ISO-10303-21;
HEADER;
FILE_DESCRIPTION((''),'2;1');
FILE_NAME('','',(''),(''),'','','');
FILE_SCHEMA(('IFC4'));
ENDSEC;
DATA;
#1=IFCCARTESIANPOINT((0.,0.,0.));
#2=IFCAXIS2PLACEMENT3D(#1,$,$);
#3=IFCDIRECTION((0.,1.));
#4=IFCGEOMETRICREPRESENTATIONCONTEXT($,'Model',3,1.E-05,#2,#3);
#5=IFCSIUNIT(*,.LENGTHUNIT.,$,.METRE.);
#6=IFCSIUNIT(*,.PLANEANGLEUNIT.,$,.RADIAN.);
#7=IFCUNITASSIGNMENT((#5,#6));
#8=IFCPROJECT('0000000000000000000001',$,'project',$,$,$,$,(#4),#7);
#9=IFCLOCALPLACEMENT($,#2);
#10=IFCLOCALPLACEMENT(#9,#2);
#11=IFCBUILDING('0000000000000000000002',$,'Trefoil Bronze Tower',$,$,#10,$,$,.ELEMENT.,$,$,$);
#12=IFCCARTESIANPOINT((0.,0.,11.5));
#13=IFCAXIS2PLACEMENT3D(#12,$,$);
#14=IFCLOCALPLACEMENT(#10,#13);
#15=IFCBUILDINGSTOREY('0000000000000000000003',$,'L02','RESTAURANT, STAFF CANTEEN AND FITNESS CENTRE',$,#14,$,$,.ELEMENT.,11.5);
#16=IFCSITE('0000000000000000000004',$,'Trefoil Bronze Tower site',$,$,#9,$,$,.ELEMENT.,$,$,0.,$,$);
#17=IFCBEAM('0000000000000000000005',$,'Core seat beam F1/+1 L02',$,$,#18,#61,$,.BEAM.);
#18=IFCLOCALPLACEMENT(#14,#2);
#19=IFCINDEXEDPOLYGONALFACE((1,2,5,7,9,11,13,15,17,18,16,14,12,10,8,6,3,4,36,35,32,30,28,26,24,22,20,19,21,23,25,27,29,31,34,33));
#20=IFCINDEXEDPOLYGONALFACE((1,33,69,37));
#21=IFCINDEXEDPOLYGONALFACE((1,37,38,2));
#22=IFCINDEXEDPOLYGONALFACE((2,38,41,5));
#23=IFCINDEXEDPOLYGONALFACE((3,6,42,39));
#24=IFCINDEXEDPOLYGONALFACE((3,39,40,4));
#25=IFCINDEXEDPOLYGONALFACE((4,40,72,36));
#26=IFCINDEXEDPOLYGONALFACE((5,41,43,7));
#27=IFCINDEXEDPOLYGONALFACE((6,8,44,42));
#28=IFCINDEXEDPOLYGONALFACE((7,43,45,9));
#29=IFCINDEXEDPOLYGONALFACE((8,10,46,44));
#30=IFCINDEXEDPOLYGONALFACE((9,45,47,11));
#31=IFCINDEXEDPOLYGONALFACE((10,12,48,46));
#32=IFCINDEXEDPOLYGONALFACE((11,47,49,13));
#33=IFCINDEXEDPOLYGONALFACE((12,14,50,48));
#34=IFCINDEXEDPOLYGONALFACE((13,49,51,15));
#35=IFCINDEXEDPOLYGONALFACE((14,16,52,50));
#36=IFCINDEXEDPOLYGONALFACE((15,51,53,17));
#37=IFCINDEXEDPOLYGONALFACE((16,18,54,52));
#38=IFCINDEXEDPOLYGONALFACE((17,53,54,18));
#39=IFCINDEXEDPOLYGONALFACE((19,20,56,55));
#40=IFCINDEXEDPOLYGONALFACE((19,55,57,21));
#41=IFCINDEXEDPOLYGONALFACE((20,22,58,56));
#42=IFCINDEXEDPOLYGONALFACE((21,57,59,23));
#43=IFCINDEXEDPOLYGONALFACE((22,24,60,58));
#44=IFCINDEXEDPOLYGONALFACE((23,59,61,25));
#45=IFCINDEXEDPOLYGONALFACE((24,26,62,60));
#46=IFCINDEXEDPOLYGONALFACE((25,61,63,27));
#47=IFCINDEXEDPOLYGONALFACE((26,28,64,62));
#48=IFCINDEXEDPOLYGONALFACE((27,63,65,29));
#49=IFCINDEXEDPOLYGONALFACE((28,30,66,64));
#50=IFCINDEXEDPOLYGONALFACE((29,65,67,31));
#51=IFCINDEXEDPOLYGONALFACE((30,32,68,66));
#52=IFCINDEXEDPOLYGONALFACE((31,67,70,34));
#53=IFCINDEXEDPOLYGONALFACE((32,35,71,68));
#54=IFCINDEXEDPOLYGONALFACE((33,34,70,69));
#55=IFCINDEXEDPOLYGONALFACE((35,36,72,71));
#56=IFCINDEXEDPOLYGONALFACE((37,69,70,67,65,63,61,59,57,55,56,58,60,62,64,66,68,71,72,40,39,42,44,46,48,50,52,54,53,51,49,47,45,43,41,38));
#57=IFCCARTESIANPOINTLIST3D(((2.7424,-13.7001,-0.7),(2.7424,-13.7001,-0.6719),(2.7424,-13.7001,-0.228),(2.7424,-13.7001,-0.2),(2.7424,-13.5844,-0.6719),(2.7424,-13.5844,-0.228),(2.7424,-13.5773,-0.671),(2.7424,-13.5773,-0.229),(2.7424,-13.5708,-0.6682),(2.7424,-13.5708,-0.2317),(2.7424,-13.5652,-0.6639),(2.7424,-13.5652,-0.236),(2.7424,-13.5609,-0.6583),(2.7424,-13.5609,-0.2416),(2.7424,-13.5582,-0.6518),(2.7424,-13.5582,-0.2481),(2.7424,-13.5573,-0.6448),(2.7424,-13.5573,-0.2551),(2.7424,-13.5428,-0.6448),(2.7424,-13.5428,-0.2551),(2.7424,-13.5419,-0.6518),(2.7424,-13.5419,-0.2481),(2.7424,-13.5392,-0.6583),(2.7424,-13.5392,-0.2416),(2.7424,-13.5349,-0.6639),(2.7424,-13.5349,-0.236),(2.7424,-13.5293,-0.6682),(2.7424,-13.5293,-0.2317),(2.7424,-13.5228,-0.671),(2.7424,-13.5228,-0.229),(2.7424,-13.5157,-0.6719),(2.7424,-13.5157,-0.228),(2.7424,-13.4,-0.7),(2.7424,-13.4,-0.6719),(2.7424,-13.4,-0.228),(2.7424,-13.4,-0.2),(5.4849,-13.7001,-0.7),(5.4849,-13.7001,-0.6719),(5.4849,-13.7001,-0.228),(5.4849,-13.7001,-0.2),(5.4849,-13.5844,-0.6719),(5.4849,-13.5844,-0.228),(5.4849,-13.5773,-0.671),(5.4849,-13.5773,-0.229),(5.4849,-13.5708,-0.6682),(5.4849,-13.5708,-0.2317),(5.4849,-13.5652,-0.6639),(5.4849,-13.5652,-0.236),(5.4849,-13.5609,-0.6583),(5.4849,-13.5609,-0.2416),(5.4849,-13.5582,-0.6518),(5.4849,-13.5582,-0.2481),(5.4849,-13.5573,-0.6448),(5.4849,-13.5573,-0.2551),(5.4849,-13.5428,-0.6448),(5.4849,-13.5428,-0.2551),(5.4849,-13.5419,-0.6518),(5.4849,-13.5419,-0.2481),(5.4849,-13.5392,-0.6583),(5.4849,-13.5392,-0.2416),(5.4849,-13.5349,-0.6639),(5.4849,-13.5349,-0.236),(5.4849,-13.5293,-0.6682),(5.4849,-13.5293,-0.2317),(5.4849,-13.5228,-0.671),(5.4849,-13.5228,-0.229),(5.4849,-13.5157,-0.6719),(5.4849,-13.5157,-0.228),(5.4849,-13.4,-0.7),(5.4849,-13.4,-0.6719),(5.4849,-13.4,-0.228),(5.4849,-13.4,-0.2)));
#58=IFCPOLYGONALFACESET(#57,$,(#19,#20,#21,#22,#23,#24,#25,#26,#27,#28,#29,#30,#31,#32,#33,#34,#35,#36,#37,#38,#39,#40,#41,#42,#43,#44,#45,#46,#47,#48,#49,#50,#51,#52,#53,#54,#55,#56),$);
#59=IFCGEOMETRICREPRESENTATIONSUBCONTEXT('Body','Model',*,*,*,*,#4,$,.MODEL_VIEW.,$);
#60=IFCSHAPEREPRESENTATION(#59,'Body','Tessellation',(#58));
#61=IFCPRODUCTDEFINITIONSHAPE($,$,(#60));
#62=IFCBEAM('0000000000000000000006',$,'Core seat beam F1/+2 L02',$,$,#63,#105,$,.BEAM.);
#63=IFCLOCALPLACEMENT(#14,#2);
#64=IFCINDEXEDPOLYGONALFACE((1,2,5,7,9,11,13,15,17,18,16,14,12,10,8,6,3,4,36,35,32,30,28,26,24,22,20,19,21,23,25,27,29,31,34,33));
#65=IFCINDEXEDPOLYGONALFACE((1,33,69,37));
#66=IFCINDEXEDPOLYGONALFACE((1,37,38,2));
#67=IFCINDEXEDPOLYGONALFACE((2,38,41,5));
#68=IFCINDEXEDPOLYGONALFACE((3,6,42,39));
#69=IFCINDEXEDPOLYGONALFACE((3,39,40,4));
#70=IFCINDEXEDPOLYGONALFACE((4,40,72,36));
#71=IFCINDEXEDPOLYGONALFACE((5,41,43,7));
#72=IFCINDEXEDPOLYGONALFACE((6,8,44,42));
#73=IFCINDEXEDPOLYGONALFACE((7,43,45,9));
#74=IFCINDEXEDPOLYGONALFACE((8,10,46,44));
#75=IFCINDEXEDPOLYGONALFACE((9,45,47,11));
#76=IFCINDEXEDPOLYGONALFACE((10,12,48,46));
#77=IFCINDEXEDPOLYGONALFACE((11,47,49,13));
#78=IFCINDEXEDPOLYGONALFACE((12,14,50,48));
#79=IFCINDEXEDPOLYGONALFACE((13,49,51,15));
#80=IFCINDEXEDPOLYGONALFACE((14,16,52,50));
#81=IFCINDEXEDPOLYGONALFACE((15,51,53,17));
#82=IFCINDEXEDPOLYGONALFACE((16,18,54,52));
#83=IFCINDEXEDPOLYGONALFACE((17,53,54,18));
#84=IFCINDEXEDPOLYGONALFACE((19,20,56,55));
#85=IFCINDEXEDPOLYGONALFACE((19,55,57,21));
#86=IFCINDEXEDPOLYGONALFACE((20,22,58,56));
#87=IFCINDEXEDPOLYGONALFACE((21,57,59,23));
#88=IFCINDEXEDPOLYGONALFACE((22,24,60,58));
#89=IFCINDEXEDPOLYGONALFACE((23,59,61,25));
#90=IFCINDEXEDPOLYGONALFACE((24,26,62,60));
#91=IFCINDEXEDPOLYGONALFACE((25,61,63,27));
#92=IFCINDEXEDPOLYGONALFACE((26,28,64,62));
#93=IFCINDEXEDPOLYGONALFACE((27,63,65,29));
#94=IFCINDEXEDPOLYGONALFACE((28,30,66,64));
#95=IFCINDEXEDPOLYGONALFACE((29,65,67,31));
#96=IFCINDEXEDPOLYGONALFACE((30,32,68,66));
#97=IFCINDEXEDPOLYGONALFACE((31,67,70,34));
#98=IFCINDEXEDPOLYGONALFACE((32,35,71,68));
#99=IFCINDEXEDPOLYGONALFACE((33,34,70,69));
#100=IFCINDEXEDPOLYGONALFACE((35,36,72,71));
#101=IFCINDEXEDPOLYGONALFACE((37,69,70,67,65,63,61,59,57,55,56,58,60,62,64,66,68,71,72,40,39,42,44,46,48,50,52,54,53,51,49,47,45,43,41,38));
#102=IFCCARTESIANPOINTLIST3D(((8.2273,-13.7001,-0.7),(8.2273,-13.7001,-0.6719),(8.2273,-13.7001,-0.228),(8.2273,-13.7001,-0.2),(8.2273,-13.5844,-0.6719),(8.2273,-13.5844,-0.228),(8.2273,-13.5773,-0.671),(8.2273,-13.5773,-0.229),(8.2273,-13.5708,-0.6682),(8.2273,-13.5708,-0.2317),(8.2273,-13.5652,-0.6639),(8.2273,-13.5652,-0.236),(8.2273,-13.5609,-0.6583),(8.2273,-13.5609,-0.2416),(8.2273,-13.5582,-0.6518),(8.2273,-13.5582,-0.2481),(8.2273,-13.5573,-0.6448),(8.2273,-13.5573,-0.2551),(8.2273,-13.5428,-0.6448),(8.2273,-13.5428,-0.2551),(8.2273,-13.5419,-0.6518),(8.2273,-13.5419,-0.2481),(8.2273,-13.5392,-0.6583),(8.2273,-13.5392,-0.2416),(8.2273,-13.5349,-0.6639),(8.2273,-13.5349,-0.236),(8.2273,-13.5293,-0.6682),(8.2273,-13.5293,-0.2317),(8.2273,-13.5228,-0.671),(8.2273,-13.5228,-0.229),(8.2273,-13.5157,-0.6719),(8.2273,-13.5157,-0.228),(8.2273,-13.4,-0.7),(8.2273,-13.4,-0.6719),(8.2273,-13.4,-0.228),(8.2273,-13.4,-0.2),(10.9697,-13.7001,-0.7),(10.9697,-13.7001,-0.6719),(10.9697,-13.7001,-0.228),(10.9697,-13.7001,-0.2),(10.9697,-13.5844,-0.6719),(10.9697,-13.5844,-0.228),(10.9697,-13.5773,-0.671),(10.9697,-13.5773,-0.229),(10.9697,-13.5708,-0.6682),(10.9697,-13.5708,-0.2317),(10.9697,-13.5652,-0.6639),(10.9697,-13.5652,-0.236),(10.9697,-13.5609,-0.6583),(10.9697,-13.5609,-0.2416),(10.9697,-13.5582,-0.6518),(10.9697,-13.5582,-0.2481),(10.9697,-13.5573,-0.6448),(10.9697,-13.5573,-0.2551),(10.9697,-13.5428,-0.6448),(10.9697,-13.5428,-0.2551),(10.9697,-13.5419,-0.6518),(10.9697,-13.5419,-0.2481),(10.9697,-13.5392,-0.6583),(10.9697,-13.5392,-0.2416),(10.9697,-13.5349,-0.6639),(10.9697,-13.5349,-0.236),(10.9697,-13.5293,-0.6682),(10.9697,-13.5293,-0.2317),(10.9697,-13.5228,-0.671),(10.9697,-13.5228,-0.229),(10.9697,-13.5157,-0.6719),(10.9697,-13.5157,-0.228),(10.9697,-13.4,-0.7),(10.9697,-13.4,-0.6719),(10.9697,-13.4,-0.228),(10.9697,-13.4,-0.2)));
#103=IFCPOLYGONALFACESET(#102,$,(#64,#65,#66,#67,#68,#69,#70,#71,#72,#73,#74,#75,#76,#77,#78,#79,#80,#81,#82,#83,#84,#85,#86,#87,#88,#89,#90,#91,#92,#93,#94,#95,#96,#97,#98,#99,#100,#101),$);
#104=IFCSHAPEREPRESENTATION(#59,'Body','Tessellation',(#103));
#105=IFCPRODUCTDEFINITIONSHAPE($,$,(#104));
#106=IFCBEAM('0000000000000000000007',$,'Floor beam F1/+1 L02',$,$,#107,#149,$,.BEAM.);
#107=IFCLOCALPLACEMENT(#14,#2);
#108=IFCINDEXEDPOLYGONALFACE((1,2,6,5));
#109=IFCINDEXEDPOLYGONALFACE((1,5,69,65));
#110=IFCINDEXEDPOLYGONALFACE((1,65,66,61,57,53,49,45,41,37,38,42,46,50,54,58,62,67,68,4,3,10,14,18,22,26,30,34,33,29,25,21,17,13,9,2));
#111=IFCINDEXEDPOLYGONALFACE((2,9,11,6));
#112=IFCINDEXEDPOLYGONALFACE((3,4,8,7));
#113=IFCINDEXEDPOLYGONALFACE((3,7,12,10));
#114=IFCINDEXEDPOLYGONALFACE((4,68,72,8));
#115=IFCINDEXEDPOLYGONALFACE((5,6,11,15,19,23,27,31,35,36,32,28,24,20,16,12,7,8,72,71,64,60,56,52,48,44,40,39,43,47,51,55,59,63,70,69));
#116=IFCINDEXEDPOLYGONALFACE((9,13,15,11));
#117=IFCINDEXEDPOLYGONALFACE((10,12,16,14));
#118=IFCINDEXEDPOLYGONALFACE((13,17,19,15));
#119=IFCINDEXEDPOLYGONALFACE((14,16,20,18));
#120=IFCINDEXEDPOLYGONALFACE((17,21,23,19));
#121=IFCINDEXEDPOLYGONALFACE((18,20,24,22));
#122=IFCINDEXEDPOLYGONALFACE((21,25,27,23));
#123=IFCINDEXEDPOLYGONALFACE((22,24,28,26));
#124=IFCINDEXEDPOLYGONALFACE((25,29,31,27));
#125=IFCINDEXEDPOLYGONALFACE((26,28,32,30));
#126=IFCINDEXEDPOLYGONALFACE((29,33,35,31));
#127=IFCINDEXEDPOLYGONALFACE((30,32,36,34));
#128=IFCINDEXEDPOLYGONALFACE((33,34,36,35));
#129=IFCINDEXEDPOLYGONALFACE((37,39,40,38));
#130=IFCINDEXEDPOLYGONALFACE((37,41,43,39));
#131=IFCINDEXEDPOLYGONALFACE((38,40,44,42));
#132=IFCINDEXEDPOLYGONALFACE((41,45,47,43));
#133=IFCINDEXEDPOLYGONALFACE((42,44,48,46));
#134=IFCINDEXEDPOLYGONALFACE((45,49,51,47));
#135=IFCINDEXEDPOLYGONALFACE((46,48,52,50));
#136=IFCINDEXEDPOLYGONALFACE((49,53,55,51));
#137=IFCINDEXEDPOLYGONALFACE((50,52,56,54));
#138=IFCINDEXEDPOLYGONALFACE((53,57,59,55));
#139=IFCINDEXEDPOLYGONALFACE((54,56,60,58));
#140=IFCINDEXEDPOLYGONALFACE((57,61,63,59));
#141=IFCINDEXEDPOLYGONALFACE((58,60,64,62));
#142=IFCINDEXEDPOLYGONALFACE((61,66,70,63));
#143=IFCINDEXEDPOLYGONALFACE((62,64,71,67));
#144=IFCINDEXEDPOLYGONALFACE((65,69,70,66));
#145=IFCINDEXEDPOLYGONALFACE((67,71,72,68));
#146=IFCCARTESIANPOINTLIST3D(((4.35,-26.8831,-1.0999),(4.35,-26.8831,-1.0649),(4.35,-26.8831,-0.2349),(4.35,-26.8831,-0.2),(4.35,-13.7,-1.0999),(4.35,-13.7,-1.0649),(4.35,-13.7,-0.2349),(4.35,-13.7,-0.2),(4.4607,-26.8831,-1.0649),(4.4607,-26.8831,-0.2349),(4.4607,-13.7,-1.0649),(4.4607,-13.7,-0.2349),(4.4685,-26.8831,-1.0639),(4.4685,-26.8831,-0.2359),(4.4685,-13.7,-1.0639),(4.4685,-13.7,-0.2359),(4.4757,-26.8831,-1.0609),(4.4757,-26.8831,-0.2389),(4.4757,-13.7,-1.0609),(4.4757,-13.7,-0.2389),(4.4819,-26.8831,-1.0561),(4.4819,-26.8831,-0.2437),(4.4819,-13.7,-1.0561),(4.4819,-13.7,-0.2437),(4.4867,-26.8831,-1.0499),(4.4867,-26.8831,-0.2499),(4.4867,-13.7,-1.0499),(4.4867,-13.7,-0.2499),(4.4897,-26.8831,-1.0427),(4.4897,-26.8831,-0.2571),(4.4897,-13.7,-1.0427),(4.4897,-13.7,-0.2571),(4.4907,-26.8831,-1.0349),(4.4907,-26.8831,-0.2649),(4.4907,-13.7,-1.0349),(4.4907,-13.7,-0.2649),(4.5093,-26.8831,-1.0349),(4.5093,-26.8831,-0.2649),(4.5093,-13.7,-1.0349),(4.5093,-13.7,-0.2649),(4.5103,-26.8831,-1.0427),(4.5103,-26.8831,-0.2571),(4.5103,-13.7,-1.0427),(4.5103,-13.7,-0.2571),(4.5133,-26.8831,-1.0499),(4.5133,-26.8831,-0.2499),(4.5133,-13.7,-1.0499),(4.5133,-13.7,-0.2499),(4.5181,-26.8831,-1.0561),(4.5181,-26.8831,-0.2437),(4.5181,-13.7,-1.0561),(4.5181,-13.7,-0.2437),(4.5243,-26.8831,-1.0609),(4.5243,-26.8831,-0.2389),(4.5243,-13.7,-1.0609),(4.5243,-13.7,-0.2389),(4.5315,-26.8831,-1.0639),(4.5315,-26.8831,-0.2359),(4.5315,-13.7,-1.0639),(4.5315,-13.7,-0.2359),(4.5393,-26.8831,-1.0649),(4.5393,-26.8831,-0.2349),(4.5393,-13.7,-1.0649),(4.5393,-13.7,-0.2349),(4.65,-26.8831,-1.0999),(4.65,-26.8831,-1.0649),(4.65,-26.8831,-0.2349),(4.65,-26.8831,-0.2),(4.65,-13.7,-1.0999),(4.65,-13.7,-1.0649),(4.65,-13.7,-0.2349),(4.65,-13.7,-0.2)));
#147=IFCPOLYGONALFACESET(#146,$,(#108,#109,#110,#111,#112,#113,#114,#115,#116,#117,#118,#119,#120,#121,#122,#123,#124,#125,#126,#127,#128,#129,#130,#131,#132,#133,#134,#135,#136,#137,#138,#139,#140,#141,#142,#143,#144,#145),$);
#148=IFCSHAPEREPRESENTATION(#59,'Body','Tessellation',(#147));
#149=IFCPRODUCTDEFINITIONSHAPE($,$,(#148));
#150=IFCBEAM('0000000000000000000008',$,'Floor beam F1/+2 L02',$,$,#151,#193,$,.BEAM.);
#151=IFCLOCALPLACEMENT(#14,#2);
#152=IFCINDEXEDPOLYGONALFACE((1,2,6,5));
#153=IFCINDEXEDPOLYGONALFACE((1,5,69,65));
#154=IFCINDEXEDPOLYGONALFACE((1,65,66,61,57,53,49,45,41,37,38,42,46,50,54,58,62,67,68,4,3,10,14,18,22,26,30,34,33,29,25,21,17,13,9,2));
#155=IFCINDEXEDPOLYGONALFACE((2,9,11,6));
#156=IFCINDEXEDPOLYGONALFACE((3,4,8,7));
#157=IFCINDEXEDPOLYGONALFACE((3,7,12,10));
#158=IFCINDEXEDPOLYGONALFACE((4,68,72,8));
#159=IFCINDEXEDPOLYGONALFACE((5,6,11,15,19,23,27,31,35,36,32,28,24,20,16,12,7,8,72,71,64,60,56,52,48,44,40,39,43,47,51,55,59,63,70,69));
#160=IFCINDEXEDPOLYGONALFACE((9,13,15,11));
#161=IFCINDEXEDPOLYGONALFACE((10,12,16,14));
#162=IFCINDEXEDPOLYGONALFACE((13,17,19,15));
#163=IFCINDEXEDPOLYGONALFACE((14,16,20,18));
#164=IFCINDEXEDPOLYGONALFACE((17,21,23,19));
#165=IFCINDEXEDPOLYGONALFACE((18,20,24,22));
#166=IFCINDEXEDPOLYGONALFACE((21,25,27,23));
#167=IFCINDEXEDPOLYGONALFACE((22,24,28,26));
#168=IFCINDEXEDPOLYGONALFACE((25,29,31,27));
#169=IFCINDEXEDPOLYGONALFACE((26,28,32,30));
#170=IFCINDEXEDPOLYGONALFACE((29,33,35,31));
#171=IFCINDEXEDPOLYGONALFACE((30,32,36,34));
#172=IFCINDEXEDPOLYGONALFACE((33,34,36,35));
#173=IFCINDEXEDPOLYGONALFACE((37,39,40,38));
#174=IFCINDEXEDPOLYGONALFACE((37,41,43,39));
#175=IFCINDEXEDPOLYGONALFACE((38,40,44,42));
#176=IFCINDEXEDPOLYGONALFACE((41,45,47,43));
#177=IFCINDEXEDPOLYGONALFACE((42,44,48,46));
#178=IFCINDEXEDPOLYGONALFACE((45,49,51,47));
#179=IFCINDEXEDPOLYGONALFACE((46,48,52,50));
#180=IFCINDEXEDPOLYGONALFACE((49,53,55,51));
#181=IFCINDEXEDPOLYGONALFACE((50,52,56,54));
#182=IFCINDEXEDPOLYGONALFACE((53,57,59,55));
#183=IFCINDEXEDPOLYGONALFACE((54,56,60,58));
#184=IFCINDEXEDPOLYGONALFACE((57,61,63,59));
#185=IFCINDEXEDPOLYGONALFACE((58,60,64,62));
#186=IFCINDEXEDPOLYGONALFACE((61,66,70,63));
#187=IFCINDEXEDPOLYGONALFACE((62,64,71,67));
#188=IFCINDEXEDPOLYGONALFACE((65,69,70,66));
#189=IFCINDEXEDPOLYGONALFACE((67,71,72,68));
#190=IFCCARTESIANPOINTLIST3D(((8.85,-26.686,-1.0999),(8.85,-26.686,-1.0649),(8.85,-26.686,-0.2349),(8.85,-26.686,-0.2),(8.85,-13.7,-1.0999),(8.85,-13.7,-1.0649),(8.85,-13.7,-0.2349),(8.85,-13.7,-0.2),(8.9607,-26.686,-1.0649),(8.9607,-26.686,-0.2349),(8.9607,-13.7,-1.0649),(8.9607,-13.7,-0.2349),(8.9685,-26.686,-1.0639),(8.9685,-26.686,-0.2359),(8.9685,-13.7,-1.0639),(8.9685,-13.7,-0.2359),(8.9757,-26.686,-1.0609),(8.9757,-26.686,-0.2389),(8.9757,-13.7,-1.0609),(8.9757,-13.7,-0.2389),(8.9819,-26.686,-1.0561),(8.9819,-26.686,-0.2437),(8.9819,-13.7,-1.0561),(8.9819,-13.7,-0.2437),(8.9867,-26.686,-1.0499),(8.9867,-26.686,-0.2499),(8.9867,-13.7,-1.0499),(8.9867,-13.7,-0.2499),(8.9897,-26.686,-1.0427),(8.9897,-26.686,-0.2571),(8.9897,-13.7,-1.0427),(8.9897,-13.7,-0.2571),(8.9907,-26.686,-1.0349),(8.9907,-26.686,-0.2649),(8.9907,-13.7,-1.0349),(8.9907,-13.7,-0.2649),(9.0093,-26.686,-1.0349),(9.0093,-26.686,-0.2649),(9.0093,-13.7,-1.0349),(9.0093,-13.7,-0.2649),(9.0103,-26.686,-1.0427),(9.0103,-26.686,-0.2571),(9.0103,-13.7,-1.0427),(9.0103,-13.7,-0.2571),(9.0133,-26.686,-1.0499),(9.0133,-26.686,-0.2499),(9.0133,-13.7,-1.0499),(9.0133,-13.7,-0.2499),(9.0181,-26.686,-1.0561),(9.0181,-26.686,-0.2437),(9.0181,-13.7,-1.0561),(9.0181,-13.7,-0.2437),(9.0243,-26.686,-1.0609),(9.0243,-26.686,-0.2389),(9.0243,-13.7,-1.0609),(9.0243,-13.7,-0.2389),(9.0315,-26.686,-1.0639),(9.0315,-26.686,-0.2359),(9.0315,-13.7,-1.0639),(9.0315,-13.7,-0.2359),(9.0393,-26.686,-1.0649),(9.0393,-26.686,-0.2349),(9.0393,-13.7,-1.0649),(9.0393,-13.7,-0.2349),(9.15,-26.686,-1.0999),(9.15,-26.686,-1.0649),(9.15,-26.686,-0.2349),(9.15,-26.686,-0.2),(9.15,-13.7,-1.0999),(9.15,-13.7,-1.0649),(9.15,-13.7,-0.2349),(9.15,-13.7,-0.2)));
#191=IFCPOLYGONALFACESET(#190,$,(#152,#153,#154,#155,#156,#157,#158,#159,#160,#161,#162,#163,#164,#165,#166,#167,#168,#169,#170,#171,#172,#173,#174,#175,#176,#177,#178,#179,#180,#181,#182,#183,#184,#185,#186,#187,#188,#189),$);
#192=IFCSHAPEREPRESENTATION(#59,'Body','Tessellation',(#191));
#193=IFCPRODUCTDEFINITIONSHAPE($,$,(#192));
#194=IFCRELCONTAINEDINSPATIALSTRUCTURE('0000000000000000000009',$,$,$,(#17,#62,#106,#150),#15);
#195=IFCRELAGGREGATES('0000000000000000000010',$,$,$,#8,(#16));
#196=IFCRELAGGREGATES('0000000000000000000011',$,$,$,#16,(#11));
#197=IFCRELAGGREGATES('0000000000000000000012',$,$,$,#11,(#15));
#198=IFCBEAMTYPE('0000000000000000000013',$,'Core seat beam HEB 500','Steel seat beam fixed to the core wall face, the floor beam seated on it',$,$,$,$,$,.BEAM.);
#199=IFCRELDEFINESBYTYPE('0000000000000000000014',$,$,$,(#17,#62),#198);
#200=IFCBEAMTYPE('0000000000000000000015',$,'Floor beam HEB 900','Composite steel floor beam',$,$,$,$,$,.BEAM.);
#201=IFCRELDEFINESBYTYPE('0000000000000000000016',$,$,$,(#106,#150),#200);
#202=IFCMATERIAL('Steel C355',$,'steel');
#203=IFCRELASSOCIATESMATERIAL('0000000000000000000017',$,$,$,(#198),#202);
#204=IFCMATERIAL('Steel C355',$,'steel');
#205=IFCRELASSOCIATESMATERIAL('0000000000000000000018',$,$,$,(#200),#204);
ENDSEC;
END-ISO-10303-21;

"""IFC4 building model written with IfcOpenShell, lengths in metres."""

from ifc_helpers import new_model, si_unit, direction, frame, origin, origin_2d, place, context, subcontext, project, spatial, i_section, extrude, material, material_profile, profile_set, type_object, element, save


model = new_model("IFC4")

# Units and contexts
model_context = context("Model", 3, precision=1e-05, world=origin(), true_north=direction((0.0, 1.0)))
body_context = subcontext(model_context, "Body", "Model", "MODEL_VIEW")
ifc_project = project(units=[si_unit("LENGTHUNIT", "METRE"), si_unit("PLANEANGLEUNIT", "RADIAN")], contexts=[model_context])

# Site, building, storey
site_placement = place(None, origin())
site = spatial("IfcSite", under=ifc_project, at=site_placement, Name="Trefoil Bronze Tower site", CompositionType="ELEMENT", RefElevation=0.0)
building_placement = place(site_placement, origin())
building = spatial("IfcBuilding", under=site, at=building_placement, Name="Trefoil Bronze Tower", CompositionType="ELEMENT")
storey_placement = place(building_placement, frame((0.0, 0.0, 11.5)))
storey = spatial("IfcBuildingStorey", under=building, at=storey_placement, Name="L02", Description="RESTAURANT, STAFF CANTEEN AND FITNESS CENTRE", CompositionType="ELEMENT", Elevation=11.5)

# Beams
ifc_material_1 = material(Name="Steel C355", Category="steel")
ifc_material_profile_1 = material_profile(ifc_material_1, i_section(OverallWidth=0.3, OverallDepth=0.5, WebThickness=0.0144, FlangeThickness=0.0281, FilletRadius=0.0271, at=origin_2d()), Name="HEB 500")
ifc_profile_set_1 = profile_set([ifc_material_profile_1], Name="Steel C355")
beam_type_1 = type_object("IfcBeamType", Name="Core seat beam HEB 500", Description="Steel seat beam fixed to the core wall face, the floor beam seated on it", PredefinedType="BEAM", material=ifc_profile_set_1)
for number, where, z_axis, x_axis, name in (
    (1, (2.7424, -13.55, -0.45), (1.0, 0.0, 0.0), (0.0, 1.0, 0.0), "Core seat beam F1/+1 L02"),
    (2, (8.2273, -13.55, -0.45), (1.0, 0.0, 0.0), (0.0, 1.0, 0.0), "Core seat beam F1/+2 L02"),
):
    element("IfcBeam", number, at=place(storey_placement, frame(where, z_axis=z_axis, x_axis=x_axis)), inside=storey, type_object=beam_type_1, Name=name, PredefinedType="BEAM", context=body_context, shape_type="SweptSolid", body=[
        extrude(i_section(OverallWidth=0.3, OverallDepth=0.5, WebThickness=0.0144, FlangeThickness=0.0281, FilletRadius=0.0271, at=origin_2d()), origin(), (0.0, 0.0, 1.0), 2.7424),
    ])
ifc_material_2 = material(Name="Steel C355", Category="steel")
ifc_material_profile_2 = material_profile(ifc_material_2, i_section(OverallWidth=0.3, OverallDepth=0.8999, WebThickness=0.0186, FlangeThickness=0.0349, FilletRadius=0.03, at=origin_2d()), Name="HEB 900")
ifc_profile_set_2 = profile_set([ifc_material_profile_2], Name="Steel C355")
beam_type_2 = type_object("IfcBeamType", Name="Floor beam HEB 900", Description="Composite steel floor beam", PredefinedType="BEAM", material=ifc_profile_set_2)
beam_1_placement = place(storey_placement, frame((4.5, -26.8831, -0.6499), z_axis=(0.0, 1.0, 0.0), x_axis=(-1.0, 0.0, 0.0)))
element("IfcBeam", 3, at=beam_1_placement, inside=storey, type_object=beam_type_2, Name="Floor beam F1/+1 L02", PredefinedType="BEAM", context=body_context, shape_type="SweptSolid", body=[
    extrude(i_section(OverallWidth=0.3, OverallDepth=0.8999, WebThickness=0.0186, FlangeThickness=0.0349, FilletRadius=0.03, at=origin_2d()), origin(), (0.0, 0.0, 1.0), 13.1831),
])
beam_2_placement = place(storey_placement, frame((9.0, -26.686, -0.6499), z_axis=(0.0, 1.0, 0.0), x_axis=(-1.0, 0.0, 0.0)))
element("IfcBeam", 4, at=beam_2_placement, inside=storey, type_object=beam_type_2, Name="Floor beam F1/+2 L02", PredefinedType="BEAM", context=body_context, shape_type="SweptSolid", body=[
    extrude(i_section(OverallWidth=0.3, OverallDepth=0.8999, WebThickness=0.0186, FlangeThickness=0.0349, FilletRadius=0.03, at=origin_2d()), origin(), (0.0, 0.0, 1.0), 12.9861),
])

save(model, "model.ifc")
